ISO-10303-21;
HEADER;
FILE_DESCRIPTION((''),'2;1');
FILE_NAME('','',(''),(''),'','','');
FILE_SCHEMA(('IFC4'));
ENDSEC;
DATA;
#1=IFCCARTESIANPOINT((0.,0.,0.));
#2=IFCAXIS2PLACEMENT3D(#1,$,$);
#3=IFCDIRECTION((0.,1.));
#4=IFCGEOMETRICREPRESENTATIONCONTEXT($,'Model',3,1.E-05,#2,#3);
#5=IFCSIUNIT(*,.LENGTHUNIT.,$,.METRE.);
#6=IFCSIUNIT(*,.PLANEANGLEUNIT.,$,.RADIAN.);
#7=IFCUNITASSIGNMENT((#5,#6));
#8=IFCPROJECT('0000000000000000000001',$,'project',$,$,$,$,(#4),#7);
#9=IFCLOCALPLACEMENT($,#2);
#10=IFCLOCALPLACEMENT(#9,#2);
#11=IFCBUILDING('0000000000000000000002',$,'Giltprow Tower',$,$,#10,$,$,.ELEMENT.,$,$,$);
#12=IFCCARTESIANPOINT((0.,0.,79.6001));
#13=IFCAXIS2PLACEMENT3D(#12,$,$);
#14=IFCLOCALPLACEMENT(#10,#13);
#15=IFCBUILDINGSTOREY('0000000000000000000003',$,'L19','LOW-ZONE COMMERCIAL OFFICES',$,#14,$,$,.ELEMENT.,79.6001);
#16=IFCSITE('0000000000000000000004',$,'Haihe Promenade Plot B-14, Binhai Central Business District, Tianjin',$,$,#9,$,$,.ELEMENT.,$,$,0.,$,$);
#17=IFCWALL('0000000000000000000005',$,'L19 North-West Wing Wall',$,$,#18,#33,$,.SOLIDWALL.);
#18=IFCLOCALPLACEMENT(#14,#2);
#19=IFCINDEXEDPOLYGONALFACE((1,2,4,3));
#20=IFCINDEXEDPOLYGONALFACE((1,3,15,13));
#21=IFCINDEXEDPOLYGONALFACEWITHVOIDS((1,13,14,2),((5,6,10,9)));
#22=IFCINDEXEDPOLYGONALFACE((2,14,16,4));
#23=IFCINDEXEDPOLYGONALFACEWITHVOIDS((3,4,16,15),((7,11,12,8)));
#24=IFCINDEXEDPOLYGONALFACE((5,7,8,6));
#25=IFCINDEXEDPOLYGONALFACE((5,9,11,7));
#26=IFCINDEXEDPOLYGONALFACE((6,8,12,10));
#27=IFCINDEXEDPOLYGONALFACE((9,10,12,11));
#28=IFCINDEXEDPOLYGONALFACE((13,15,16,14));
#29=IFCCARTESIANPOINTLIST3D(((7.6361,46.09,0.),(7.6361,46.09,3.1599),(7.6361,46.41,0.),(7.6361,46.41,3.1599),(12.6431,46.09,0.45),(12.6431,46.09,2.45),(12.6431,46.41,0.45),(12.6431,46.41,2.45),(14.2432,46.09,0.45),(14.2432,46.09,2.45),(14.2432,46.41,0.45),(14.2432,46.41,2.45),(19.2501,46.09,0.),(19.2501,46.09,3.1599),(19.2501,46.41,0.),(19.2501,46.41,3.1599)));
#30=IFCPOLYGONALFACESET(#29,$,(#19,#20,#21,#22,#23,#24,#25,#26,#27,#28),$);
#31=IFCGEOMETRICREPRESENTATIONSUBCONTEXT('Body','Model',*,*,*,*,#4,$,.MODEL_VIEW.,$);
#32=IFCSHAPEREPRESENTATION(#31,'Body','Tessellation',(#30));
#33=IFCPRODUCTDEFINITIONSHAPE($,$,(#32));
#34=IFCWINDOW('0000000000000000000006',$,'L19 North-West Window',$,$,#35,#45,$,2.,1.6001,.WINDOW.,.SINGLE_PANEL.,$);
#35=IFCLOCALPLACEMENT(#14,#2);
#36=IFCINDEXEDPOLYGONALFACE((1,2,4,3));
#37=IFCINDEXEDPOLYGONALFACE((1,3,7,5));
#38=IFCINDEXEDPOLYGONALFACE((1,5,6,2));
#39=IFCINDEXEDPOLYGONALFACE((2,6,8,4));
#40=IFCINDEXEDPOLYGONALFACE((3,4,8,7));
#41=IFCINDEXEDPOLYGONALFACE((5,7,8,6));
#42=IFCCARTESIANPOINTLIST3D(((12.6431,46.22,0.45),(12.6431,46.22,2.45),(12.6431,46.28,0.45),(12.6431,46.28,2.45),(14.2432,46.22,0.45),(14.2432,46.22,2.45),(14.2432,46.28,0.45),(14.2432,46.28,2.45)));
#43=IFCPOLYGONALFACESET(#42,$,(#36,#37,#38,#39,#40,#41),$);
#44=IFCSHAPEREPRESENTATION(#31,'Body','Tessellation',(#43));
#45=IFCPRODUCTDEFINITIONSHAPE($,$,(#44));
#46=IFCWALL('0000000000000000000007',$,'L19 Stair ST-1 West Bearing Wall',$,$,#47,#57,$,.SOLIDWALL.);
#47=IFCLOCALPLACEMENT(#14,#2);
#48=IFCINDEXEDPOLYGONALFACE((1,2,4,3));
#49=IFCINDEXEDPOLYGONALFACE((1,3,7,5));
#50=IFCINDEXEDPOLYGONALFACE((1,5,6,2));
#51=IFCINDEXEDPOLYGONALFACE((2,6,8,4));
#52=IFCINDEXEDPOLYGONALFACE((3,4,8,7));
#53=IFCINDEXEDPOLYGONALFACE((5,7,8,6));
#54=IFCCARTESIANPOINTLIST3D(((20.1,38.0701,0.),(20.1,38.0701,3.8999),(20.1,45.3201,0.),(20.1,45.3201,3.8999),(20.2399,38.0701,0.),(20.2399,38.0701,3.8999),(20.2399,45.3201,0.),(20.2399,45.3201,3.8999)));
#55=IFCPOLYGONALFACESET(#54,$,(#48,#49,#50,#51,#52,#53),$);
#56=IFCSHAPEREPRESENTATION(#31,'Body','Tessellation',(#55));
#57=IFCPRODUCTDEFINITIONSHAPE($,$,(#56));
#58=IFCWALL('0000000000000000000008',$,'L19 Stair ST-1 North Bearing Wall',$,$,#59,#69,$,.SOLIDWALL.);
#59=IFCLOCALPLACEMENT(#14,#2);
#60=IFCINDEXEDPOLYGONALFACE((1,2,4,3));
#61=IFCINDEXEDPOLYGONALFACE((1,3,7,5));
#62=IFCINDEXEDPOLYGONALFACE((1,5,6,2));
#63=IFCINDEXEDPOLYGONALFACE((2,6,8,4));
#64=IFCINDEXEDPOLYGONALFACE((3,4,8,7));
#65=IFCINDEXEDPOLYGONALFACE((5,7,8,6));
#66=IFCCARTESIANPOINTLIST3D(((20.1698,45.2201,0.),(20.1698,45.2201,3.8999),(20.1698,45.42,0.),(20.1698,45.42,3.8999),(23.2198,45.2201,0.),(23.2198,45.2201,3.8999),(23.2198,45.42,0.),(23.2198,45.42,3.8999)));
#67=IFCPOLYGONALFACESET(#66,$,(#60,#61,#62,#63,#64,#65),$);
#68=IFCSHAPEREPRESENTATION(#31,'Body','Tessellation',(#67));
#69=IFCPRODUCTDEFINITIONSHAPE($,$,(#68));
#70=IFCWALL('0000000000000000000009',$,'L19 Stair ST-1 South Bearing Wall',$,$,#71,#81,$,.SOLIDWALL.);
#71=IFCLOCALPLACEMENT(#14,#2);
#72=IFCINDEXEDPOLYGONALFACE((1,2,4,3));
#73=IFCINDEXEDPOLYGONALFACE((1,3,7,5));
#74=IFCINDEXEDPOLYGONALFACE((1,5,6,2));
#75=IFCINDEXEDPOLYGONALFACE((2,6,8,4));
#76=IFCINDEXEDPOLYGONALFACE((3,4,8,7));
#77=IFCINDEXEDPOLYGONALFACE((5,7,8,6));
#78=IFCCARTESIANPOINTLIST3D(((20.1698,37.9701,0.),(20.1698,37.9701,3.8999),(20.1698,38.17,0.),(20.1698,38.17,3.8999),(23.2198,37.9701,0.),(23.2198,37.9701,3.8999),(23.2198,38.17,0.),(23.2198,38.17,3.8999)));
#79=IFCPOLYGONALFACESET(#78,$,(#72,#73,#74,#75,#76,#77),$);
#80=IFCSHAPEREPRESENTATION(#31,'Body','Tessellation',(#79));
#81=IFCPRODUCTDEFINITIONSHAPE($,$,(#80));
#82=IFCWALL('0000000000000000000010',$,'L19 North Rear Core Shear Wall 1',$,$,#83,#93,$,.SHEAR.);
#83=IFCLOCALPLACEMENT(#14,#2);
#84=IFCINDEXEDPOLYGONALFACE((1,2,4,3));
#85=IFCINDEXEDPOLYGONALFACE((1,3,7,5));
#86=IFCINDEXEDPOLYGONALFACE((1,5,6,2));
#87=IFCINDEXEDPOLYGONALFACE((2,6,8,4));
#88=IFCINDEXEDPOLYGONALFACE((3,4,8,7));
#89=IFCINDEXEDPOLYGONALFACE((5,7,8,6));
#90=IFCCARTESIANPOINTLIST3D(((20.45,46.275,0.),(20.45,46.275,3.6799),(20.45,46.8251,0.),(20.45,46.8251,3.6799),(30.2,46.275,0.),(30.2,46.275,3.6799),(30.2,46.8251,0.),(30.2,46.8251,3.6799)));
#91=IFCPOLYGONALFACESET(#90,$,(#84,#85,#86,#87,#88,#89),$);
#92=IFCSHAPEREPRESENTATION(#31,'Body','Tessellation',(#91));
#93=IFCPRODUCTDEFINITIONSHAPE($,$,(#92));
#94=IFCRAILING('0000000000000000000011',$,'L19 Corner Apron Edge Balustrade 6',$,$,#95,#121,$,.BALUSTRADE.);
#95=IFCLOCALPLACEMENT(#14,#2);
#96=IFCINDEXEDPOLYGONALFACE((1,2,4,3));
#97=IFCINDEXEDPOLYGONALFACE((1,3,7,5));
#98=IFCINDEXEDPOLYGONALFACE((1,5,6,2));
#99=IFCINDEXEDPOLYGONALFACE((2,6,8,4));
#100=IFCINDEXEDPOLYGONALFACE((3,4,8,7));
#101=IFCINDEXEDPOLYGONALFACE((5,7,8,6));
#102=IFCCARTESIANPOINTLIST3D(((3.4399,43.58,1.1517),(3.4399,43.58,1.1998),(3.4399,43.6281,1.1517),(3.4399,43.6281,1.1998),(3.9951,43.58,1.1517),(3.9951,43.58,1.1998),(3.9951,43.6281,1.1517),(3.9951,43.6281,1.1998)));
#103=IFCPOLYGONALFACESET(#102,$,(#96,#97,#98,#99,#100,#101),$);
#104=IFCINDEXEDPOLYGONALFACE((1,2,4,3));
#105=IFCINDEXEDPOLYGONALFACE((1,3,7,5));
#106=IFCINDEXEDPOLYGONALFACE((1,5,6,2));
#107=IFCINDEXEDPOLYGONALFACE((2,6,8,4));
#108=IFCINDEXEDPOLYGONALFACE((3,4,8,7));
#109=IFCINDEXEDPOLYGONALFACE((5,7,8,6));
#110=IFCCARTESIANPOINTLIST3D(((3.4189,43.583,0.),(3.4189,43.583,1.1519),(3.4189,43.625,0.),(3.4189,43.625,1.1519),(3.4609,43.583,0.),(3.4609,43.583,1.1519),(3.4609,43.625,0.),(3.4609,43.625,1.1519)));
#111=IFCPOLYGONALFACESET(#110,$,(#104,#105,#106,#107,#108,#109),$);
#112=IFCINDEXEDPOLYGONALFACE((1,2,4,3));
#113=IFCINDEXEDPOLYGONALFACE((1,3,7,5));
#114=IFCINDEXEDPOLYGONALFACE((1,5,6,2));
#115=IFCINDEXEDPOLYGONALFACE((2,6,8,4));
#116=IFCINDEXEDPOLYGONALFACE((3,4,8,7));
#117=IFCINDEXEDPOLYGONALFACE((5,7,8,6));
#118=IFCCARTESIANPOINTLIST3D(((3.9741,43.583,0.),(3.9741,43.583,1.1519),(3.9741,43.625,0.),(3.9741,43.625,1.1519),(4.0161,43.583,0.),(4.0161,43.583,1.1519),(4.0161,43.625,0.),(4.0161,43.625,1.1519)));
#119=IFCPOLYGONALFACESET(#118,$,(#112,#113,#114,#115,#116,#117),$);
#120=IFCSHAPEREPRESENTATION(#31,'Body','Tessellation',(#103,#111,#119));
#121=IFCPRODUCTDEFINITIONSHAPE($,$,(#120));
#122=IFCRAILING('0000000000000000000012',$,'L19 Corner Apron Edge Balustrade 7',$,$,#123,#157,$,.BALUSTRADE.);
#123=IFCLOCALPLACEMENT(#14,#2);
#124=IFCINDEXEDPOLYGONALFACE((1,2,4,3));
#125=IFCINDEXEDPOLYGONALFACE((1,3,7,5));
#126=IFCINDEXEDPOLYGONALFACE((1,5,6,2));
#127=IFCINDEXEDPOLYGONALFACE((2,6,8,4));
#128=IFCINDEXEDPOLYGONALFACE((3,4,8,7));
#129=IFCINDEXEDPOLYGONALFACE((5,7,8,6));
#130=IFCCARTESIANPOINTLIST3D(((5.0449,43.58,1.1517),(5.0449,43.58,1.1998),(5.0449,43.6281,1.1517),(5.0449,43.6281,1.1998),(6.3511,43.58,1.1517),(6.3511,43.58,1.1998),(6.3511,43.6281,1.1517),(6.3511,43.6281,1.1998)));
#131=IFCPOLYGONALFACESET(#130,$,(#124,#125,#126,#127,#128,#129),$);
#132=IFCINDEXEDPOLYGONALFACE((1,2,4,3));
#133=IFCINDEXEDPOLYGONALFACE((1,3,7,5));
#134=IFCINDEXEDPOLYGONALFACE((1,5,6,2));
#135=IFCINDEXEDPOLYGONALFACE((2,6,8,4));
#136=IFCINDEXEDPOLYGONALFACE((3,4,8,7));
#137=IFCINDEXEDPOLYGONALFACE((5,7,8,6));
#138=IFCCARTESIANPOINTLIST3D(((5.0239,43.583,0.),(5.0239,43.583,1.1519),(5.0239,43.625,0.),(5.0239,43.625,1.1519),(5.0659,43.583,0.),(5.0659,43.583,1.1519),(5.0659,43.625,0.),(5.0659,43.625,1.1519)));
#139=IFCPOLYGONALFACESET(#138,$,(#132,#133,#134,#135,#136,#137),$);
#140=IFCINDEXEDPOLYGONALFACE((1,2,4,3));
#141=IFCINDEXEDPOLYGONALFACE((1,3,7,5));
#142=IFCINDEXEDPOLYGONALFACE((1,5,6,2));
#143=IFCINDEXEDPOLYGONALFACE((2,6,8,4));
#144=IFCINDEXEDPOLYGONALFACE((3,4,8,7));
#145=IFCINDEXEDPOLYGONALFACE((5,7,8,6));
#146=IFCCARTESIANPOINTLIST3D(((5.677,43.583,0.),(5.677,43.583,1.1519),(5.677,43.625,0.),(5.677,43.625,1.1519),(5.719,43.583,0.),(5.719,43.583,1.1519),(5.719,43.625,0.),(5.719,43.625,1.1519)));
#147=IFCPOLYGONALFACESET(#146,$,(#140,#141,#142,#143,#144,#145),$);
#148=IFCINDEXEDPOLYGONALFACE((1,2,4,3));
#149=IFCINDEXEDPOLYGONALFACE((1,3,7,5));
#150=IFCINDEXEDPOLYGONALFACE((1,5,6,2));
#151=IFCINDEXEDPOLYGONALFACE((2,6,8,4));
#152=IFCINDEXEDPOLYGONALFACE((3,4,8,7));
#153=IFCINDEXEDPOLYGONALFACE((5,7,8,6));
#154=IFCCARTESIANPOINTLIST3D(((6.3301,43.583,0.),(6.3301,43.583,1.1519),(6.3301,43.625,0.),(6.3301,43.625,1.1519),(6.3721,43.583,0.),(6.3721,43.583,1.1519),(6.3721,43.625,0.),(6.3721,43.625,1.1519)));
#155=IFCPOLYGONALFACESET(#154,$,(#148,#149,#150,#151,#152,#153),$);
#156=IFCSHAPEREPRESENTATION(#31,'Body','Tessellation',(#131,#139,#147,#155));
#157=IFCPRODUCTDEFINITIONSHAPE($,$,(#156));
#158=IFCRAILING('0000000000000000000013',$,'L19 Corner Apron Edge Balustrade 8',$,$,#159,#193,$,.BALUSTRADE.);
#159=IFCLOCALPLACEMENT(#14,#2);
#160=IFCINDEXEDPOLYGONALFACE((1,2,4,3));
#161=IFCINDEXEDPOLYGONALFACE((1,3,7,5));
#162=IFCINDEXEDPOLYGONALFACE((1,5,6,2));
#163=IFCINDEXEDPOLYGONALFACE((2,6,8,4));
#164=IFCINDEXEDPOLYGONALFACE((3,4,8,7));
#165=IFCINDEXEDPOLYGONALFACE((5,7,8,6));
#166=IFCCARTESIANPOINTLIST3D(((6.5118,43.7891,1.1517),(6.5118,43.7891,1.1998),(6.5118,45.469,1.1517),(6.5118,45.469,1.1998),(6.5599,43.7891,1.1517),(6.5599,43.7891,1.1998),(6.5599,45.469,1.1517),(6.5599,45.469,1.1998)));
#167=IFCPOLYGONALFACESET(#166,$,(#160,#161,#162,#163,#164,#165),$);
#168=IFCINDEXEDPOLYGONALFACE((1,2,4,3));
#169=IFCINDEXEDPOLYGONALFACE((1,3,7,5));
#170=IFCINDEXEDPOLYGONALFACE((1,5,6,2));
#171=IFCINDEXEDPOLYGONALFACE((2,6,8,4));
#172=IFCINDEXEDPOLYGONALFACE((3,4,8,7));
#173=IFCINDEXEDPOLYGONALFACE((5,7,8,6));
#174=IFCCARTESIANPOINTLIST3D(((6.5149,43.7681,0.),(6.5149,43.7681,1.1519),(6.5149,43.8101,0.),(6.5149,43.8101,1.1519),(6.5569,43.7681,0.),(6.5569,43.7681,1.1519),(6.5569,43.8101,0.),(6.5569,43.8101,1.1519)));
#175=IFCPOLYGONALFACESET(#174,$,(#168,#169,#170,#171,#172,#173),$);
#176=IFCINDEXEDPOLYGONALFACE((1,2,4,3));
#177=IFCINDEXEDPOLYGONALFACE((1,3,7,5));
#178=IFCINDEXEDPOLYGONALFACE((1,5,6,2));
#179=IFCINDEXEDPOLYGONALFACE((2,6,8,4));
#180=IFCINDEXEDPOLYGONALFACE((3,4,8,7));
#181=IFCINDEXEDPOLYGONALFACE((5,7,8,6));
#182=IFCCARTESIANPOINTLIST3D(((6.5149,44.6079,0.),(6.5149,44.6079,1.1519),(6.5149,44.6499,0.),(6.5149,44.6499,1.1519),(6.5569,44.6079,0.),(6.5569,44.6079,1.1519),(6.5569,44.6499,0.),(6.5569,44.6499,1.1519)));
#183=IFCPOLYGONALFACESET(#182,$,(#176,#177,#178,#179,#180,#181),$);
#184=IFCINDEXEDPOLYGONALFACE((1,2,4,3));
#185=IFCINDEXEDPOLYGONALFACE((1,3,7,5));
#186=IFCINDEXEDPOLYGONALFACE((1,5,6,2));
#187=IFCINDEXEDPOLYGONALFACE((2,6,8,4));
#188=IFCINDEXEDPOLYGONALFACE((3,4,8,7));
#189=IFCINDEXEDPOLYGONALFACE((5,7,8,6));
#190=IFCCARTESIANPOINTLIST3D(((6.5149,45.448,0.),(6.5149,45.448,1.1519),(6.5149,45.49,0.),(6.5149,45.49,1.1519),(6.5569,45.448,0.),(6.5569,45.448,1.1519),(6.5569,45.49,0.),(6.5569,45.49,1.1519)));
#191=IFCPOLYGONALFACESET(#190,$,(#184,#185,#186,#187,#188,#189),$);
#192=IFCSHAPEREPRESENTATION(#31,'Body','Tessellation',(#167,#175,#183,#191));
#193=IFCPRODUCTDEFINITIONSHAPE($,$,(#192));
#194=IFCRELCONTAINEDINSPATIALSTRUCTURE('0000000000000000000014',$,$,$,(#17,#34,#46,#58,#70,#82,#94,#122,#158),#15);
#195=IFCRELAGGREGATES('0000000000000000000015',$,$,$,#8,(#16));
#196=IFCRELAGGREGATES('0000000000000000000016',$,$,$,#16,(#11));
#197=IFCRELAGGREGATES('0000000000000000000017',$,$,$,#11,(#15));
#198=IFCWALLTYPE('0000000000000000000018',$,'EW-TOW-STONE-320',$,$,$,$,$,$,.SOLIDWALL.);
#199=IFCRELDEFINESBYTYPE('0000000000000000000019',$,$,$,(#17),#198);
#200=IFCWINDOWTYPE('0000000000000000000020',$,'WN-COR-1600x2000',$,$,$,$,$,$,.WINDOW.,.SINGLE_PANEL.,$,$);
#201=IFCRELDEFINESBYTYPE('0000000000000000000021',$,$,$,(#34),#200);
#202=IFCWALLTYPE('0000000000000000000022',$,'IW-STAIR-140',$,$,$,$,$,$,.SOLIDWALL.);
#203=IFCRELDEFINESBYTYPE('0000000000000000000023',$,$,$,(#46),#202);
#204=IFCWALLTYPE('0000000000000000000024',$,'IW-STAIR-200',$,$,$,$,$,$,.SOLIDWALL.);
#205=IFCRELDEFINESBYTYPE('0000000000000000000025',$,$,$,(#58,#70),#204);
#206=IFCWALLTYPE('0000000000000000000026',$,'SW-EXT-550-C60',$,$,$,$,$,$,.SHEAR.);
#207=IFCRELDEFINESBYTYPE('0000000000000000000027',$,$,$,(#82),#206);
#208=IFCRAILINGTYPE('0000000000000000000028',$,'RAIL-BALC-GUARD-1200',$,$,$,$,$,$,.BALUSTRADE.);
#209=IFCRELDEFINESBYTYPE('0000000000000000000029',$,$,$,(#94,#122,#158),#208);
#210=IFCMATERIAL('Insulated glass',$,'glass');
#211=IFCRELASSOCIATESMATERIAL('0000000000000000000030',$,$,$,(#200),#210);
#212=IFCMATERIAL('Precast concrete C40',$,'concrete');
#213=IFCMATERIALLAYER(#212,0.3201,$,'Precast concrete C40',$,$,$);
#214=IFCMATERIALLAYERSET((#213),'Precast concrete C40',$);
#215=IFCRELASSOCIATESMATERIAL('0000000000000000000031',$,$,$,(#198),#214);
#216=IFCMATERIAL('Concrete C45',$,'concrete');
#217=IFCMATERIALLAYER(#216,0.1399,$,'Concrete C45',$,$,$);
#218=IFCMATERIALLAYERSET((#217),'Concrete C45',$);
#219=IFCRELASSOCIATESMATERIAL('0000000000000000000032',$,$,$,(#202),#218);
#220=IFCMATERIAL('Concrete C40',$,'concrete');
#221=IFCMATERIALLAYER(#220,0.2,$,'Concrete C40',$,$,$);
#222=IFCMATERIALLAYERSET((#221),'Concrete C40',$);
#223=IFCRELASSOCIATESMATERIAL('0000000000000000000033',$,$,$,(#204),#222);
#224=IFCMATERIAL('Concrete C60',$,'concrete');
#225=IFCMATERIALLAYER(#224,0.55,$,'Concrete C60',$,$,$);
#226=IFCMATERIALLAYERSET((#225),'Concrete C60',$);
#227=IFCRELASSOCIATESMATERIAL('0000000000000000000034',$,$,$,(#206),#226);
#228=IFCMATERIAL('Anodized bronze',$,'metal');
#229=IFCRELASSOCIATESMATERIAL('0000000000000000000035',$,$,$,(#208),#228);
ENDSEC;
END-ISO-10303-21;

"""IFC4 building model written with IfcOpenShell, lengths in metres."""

from ifc_helpers import new_model, si_unit, direction, frame, frame_2d, origin, origin_2d, place, context, subcontext, project, spatial, rectangle, extrude, source, transform, mapped, material, layer, layer_set, type_object, element, fill, save


model = new_model("IFC4")

# Units and contexts
model_context = context("Model", 3, precision=1e-05, world=origin(), true_north=direction((0.0, 1.0)))
body_context = subcontext(model_context, "Body", "Model", "MODEL_VIEW")
ifc_project = project(units=[si_unit("LENGTHUNIT", "METRE"), si_unit("PLANEANGLEUNIT", "RADIAN")], contexts=[model_context])

# Site, building, storey
site_placement = place(None, origin())
site = spatial("IfcSite", under=ifc_project, at=site_placement, Name="Haihe Promenade Plot B-14, Binhai Central Business District, Tianjin", CompositionType="ELEMENT", RefElevation=0.0)
building_placement = place(site_placement, origin())
building = spatial("IfcBuilding", under=site, at=building_placement, Name="Giltprow Tower", CompositionType="ELEMENT")
storey_placement = place(building_placement, frame((0.0, 0.0, 79.6001)))
storey = spatial("IfcBuildingStorey", under=building, at=storey_placement, Name="L19", Description="LOW-ZONE COMMERCIAL OFFICES", CompositionType="ELEMENT", Elevation=79.6001)

# Shared definitions
ifc_material_1 = material(Name="Concrete C60", Category="concrete")

# Wall, opening, window
ifc_material_2 = material(Name="Precast concrete C40", Category="concrete")
ifc_material_3 = material(Name="Insulated glass", Category="glass")
window_type = type_object("IfcWindowType", Name="WN-COR-1600x2000", PartitioningType="SINGLE_PANEL", PredefinedType="WINDOW", material=ifc_material_3)
shared_shape_1 = source(origin(), body_context, "Body", "SweptSolid", [
    extrude(rectangle(XDim=1.6001, YDim=2.0, at=frame_2d((0.8, 1.0))), frame((0.0, 0.03, 0.0), z_axis=(0.0, -1.0, 0.0), x_axis=(1.0, 0.0, 0.0)), (0.0, 0.0, 1.0), 0.0601),
])
ifc_layer_1 = layer(ifc_material_2, 0.3201, Name="Precast concrete C40")
ifc_layer_set_1 = layer_set([ifc_layer_1], Name="Precast concrete C40")
wall_type_1 = type_object("IfcWallType", Name="EW-TOW-STONE-320", PredefinedType="SOLIDWALL", material=ifc_layer_set_1)
wall_1_placement = place(storey_placement, frame((7.636, 46.25, 0.0), z_axis=(0.0, 0.0, 1.0), x_axis=(1.0, 0.0, 0.0)))
wall_1 = element("IfcWall", 1, at=wall_1_placement, inside=storey, type_object=wall_type_1, Name="L19 North-West Wing Wall", PredefinedType="SOLIDWALL", context=body_context, shape_type="SweptSolid", body=[
    extrude(rectangle(XDim=11.614, YDim=0.3201, at=frame_2d((5.8071, 0.0))), origin(), (0.0, 0.0, 1.0), 3.1599),
])
opening_1_placement = place(wall_1_placement, frame((5.0071, 0.0, 0.45)))
opening_1 = element("IfcOpeningElement", 2, at=opening_1_placement, cuts=wall_1, PredefinedType="OPENING", context=body_context, shape_type="SweptSolid", body=[
    extrude(rectangle(XDim=1.6001, YDim=2.0, at=frame_2d((0.8, 1.0))), frame((0.0, 0.1699, 0.0), z_axis=(0.0, -1.0, 0.0), x_axis=(1.0, 0.0, 0.0)), (0.0, 0.0, 1.0), 0.3401),
])
window_1_placement = place(opening_1_placement, origin())
window_1 = element("IfcWindow", 3, at=window_1_placement, inside=storey, type_object=window_type, Name="L19 North-West Window", OverallHeight=2.0, OverallWidth=1.6001, PartitioningType="SINGLE_PANEL", PredefinedType="WINDOW", context=body_context, shape_type="MappedRepresentation", body=[
    mapped(shared_shape_1, transform((0.0, 0.0, 0.0), x_axis=(1.0, 0.0, 0.0), y_axis=(0.0, 1.0, 0.0), z_axis=(0.0, 0.0, 1.0), scale=1.0)),
])
fill(opening_1, window_1)

# Walls
ifc_material_4 = material(Name="Concrete C45", Category="concrete")
ifc_layer_2 = layer(ifc_material_4, 0.1399, Name="Concrete C45")
ifc_layer_set_2 = layer_set([ifc_layer_2], Name="Concrete C45")
wall_type_2 = type_object("IfcWallType", Name="IW-STAIR-140", PredefinedType="SOLIDWALL", material=ifc_layer_set_2)
wall_2_placement = place(storey_placement, frame((20.1699, 38.0701, 0.0), z_axis=(0.0, 0.0, 1.0), x_axis=(0.0, 1.0, 0.0)))
element("IfcWall", 4, at=wall_2_placement, inside=storey, type_object=wall_type_2, Name="L19 Stair ST-1 West Bearing Wall", PredefinedType="SOLIDWALL", context=body_context, shape_type="SweptSolid", body=[
    extrude(rectangle(XDim=7.25, YDim=0.1399, at=frame_2d((3.625, 0.0))), origin(), (0.0, 0.0, 1.0), 3.8999),
])
ifc_material_5 = material(Name="Concrete C40", Category="concrete")
ifc_layer_3 = layer(ifc_material_5, 0.2, Name="Concrete C40")
ifc_layer_set_3 = layer_set([ifc_layer_3], Name="Concrete C40")
wall_type_3 = type_object("IfcWallType", Name="IW-STAIR-200", PredefinedType="SOLIDWALL", material=ifc_layer_set_3)
for number, where, z_axis, x_axis, name in (
    (5, (20.1699, 45.3201, 0.0), (0.0, 0.0, 1.0), (1.0, 0.0, 0.0), "L19 Stair ST-1 North Bearing Wall"),
    (6, (20.1699, 38.0701, 0.0), (0.0, 0.0, 1.0), (1.0, 0.0, 0.0), "L19 Stair ST-1 South Bearing Wall"),
):
    element("IfcWall", number, at=place(storey_placement, frame(where, z_axis=z_axis, x_axis=x_axis)), inside=storey, type_object=wall_type_3, Name=name, PredefinedType="SOLIDWALL", context=body_context, shape_type="SweptSolid", body=[
        extrude(rectangle(XDim=3.05, YDim=0.2, at=frame_2d((1.5249, 0.0))), origin(), (0.0, 0.0, 1.0), 3.8999),
    ])
ifc_layer_4 = layer(ifc_material_1, 0.55, Name="Concrete C60")
ifc_layer_set_4 = layer_set([ifc_layer_4], Name="Concrete C60")
wall_type_4 = type_object("IfcWallType", Name="SW-EXT-550-C60", PredefinedType="SHEAR", material=ifc_layer_set_4)
wall_3_placement = place(storey_placement, frame((20.45, 46.55, 0.0), z_axis=(0.0, 0.0, 1.0), x_axis=(1.0, 0.0, 0.0)))
element("IfcWall", 7, at=wall_3_placement, inside=storey, type_object=wall_type_4, Name="L19 North Rear Core Shear Wall 1", PredefinedType="SHEAR", context=body_context, shape_type="SweptSolid", body=[
    extrude(rectangle(XDim=9.75, YDim=0.55, at=frame_2d((4.875, 0.0))), origin(), (0.0, 0.0, 1.0), 3.6799),
])

# Railings
ifc_material_6 = material(Name="Anodized bronze", Category="metal")
railing_type_1 = type_object("IfcRailingType", Name="RAIL-BALC-GUARD-1200", PredefinedType="BALUSTRADE", material=ifc_material_6)
railing_1_placement = place(storey_placement, frame((3.4399, 43.604, 0.0)))
element("IfcRailing", 8, at=railing_1_placement, inside=storey, type_object=railing_type_1, Name="L19 Corner Apron Edge Balustrade 6", PredefinedType="BALUSTRADE", context=body_context, shape_type="SweptSolid", body=[
    extrude(rectangle(XDim=0.0481, YDim=0.0481, at=origin_2d()), frame((0.0, 0.0, 1.1758), z_axis=(1.0, 0.0, 0.0), x_axis=(0.0, 1.0, 0.0)), (0.0, 0.0, 1.0), 0.5552),
    extrude(rectangle(XDim=0.042, YDim=0.042, at=origin_2d()), origin(), (0.0, 0.0, 1.0), 1.1519),
    extrude(rectangle(XDim=0.042, YDim=0.042, at=origin_2d()), frame((0.5552, 0.0, 0.0)), (0.0, 0.0, 1.0), 1.1519),
])
railing_2_placement = place(storey_placement, frame((5.0449, 43.604, 0.0)))
element("IfcRailing", 9, at=railing_2_placement, inside=storey, type_object=railing_type_1, Name="L19 Corner Apron Edge Balustrade 7", PredefinedType="BALUSTRADE", context=body_context, shape_type="SweptSolid", body=[
    extrude(rectangle(XDim=0.0481, YDim=0.0481, at=origin_2d()), frame((0.0, 0.0, 1.1758), z_axis=(1.0, 0.0, 0.0), x_axis=(0.0, 1.0, 0.0)), (0.0, 0.0, 1.0), 1.3062),
    extrude(rectangle(XDim=0.042, YDim=0.042, at=origin_2d()), origin(), (0.0, 0.0, 1.0), 1.1519),
    extrude(rectangle(XDim=0.042, YDim=0.042, at=origin_2d()), frame((0.6531, 0.0, 0.0)), (0.0, 0.0, 1.0), 1.1519),
    extrude(rectangle(XDim=0.042, YDim=0.042, at=origin_2d()), frame((1.3062, 0.0, 0.0)), (0.0, 0.0, 1.0), 1.1519),
])
railing_3_placement = place(storey_placement, frame((6.5359, 43.7891, 0.0)))
element("IfcRailing", 10, at=railing_3_placement, inside=storey, type_object=railing_type_1, Name="L19 Corner Apron Edge Balustrade 8", PredefinedType="BALUSTRADE", context=body_context, shape_type="SweptSolid", body=[
    extrude(rectangle(XDim=0.0481, YDim=0.0481, at=origin_2d()), frame((0.0, 0.0, 1.1758), z_axis=(0.0, 1.0, 0.0), x_axis=(-1.0, 0.0, 0.0)), (0.0, 0.0, 1.0), 1.6799),
    extrude(rectangle(XDim=0.042, YDim=0.042, at=origin_2d()), origin(), (0.0, 0.0, 1.0), 1.1519),
    extrude(rectangle(XDim=0.042, YDim=0.042, at=origin_2d()), frame((0.0, 0.8398, 0.0)), (0.0, 0.0, 1.0), 1.1519),
    extrude(rectangle(XDim=0.042, YDim=0.042, at=origin_2d()), frame((0.0, 1.6799, 0.0)), (0.0, 0.0, 1.0), 1.1519),
])

save(model, "model.ifc")
